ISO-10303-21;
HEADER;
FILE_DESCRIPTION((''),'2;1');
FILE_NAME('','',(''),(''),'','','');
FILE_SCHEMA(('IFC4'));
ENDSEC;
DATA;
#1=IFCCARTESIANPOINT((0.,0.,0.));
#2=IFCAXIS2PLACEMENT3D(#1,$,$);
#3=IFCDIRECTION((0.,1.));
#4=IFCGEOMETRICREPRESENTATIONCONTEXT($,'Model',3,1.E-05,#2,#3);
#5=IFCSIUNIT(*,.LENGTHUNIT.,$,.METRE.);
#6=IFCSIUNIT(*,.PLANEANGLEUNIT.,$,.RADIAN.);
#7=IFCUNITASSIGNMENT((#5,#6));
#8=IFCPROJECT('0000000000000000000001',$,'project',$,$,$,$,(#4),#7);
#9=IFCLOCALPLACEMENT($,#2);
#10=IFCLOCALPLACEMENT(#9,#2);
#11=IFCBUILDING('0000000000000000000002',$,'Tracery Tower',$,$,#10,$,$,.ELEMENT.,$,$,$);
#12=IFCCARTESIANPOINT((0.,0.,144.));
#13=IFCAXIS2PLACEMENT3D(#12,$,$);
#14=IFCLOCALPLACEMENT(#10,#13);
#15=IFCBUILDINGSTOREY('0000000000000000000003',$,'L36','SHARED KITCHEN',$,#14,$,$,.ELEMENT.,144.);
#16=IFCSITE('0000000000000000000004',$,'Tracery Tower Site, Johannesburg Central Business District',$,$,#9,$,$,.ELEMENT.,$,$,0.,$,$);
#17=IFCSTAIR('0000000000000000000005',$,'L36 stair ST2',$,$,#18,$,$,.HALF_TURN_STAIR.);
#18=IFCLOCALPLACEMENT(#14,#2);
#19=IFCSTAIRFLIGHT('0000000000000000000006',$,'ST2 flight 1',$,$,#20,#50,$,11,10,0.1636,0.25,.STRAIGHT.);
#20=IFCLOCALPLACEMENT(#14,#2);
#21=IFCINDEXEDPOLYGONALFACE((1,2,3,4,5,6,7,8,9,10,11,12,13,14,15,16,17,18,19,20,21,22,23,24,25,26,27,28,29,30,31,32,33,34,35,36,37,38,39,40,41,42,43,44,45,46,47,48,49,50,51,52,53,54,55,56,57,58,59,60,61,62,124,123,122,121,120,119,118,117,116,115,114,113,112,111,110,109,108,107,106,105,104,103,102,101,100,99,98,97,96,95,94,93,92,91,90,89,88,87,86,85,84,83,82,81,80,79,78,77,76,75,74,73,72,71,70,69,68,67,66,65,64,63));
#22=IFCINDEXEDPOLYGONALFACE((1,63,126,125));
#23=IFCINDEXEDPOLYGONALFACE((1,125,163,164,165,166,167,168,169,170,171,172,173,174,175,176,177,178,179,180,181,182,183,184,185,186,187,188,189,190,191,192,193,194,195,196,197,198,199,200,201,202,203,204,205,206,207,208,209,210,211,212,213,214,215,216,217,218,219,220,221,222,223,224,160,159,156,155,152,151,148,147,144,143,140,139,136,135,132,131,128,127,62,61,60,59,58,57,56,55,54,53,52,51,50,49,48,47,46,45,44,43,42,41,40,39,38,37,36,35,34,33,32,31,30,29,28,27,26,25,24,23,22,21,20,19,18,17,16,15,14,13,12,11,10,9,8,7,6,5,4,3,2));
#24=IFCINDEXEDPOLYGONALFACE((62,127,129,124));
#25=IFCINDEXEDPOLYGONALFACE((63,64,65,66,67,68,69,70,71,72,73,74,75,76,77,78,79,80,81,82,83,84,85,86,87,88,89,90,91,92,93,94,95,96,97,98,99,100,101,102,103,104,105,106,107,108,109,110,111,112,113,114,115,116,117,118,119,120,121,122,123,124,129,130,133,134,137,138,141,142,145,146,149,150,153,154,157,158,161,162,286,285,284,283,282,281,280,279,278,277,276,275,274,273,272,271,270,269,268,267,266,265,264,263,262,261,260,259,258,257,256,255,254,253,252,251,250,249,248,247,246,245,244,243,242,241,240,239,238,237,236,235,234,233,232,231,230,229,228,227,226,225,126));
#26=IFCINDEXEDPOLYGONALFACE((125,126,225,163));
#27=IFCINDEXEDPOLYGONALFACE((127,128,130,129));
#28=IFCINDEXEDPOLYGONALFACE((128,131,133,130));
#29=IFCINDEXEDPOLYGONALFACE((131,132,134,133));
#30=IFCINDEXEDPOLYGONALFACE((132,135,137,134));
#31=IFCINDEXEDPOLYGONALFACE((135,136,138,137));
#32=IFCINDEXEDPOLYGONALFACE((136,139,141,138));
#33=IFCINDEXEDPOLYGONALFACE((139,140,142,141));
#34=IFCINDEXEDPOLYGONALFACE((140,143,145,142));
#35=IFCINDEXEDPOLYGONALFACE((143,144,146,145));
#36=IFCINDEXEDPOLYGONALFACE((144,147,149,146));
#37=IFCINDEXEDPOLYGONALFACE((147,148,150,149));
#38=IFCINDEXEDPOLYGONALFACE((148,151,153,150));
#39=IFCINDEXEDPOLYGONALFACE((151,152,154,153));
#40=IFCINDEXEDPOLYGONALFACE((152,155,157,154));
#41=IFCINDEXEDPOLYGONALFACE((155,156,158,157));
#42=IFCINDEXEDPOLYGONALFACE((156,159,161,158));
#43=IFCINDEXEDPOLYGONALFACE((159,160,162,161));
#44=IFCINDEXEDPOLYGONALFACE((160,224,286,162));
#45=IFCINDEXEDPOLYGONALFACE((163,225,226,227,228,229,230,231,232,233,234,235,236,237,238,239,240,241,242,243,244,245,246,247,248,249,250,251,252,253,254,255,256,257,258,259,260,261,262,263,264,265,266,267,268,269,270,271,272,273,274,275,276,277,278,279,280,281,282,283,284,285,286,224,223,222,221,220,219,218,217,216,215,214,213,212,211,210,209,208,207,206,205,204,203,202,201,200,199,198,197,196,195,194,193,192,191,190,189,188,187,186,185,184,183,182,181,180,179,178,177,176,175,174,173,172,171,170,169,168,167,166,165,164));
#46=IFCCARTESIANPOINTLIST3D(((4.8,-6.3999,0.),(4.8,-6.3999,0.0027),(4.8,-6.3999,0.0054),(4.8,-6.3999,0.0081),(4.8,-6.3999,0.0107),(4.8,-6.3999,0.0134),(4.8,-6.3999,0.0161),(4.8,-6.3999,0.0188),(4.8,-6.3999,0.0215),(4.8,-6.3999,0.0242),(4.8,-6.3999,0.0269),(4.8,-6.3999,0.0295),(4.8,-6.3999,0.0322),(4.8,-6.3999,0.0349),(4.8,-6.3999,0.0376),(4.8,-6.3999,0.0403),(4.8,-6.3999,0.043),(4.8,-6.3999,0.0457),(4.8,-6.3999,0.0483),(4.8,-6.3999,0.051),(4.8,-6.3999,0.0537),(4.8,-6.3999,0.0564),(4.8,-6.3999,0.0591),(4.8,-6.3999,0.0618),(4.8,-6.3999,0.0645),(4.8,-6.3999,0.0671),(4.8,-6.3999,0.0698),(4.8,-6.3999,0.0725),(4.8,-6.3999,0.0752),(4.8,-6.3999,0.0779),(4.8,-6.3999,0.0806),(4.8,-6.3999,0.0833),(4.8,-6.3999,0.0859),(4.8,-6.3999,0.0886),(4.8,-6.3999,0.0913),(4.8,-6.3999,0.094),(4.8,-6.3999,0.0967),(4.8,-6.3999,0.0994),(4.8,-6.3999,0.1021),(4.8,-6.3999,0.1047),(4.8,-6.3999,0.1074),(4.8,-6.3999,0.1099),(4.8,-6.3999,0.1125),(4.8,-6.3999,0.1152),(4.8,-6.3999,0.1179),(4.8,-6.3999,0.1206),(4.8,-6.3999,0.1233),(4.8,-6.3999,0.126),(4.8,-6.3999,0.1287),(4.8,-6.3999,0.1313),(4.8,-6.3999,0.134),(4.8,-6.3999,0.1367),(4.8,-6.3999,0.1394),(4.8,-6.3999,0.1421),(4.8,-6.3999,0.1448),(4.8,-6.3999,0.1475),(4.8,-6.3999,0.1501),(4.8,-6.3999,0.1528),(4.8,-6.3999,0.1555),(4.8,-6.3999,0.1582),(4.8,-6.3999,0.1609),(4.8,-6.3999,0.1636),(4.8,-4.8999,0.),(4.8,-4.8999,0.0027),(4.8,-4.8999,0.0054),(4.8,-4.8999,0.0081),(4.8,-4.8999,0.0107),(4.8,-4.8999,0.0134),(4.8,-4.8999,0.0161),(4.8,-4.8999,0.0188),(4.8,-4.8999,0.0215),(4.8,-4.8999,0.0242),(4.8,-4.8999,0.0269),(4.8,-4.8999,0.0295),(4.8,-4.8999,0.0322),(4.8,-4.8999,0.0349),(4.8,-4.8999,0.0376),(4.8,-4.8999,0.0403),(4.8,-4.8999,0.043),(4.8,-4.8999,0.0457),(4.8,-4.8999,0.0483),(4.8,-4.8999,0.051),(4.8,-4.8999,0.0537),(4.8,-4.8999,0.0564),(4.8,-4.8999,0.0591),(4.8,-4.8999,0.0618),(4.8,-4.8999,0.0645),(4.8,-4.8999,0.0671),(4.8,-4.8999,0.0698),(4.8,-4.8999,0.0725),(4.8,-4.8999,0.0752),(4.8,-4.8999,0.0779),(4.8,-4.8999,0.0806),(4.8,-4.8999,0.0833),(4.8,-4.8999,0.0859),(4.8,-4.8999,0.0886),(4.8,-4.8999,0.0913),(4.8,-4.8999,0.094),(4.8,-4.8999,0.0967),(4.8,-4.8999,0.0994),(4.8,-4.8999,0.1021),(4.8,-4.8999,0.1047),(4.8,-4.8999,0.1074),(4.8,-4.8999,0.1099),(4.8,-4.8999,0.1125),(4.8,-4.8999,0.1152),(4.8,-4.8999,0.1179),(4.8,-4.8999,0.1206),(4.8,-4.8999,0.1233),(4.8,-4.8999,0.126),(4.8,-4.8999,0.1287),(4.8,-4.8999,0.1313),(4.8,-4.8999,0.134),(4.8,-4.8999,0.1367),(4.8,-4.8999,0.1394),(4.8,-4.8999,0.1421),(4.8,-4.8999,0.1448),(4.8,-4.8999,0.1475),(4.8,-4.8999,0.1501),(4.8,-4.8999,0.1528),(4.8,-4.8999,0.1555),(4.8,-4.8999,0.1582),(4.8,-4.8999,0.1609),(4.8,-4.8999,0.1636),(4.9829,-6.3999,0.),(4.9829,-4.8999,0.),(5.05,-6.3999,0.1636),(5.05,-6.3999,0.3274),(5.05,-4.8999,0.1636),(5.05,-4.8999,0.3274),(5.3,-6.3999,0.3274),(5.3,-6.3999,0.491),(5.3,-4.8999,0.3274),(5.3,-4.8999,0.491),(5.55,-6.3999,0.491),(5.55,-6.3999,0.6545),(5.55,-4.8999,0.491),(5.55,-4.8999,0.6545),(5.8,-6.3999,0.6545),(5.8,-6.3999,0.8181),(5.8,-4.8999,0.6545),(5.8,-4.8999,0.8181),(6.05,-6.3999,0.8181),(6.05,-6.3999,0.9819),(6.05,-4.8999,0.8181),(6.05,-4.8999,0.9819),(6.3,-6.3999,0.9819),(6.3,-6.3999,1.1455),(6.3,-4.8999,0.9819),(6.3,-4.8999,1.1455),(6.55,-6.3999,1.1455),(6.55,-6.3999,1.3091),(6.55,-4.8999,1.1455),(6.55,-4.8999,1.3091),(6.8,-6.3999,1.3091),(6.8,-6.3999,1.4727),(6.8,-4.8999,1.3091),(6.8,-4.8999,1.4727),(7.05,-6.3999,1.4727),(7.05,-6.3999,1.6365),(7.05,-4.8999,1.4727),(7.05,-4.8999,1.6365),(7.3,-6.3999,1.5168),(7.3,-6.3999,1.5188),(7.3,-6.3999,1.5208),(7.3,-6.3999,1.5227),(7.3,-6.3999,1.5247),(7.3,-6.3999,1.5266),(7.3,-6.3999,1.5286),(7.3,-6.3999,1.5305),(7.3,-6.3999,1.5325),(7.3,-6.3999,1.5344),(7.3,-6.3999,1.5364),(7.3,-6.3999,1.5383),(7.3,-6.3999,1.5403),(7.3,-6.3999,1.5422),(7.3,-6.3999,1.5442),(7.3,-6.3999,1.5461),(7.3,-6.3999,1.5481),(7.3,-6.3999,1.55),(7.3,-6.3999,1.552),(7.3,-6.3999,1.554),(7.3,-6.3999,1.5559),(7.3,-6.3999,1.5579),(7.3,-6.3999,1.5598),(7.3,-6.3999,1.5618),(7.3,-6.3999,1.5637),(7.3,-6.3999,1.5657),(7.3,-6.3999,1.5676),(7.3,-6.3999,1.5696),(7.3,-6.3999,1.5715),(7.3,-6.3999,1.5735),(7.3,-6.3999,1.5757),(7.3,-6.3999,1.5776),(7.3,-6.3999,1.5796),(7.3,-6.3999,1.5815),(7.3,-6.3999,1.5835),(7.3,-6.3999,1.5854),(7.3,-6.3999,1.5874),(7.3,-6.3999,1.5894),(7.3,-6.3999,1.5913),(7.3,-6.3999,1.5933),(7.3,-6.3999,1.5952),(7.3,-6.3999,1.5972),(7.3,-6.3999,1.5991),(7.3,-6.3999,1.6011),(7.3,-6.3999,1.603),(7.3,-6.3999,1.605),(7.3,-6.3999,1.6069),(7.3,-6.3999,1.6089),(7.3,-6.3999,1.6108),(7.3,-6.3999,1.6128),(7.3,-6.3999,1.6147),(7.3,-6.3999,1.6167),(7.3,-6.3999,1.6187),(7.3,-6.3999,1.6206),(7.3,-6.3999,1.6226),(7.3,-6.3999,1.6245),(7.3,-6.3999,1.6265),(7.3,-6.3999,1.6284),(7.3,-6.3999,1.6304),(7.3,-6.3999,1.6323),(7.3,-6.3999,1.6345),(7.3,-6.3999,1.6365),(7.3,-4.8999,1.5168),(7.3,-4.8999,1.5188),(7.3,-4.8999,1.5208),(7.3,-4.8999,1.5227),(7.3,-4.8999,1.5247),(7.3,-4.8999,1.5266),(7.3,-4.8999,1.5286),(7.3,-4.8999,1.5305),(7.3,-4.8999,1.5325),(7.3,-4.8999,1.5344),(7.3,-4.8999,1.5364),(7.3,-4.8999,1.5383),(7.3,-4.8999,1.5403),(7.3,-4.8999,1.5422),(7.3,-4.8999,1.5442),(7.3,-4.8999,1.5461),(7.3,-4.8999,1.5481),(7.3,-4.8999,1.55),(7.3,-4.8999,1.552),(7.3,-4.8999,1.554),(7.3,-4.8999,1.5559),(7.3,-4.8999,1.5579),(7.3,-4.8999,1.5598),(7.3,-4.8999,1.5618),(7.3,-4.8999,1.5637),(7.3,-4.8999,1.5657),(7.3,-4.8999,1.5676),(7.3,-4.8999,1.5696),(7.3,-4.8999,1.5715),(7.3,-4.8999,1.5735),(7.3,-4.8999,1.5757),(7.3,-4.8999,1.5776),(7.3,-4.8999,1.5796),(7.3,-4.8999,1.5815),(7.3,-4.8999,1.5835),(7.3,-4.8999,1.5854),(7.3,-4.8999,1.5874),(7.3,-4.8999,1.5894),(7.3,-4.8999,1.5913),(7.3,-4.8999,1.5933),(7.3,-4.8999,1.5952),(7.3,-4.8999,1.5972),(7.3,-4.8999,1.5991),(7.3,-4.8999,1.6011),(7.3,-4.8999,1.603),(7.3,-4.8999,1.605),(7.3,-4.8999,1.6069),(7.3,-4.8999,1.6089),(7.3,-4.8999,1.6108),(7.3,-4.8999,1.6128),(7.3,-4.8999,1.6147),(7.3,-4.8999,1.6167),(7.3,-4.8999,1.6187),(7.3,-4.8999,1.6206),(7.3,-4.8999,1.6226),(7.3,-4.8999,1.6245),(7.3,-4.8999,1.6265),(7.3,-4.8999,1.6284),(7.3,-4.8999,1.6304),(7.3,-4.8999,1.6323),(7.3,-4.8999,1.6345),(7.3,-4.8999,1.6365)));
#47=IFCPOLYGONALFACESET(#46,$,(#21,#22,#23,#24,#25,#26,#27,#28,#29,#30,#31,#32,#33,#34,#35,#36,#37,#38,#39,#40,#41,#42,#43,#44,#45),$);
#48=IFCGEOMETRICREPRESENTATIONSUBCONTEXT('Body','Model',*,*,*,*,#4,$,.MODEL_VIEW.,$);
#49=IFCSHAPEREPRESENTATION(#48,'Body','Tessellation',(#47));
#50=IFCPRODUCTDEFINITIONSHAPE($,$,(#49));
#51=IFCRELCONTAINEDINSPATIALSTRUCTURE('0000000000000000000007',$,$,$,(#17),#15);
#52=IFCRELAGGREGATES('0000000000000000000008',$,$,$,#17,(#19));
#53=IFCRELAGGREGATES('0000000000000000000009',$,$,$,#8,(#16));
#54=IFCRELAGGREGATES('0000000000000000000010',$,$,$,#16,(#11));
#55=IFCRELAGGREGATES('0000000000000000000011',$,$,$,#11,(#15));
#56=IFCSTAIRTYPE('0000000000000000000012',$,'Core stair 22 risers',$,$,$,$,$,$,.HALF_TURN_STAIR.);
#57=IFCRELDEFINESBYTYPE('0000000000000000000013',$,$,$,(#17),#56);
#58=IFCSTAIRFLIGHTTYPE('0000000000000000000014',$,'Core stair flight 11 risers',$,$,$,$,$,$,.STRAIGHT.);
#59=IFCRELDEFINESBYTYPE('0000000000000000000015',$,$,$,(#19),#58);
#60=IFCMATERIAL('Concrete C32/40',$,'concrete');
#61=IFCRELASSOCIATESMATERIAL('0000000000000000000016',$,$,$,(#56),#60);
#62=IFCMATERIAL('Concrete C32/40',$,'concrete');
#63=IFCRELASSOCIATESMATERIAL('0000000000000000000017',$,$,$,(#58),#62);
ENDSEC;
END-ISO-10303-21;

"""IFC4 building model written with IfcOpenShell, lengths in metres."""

from ifc_helpers import new_model, si_unit, direction, frame, origin, place, context, subcontext, project, spatial, polyline, outline, extrude, material, type_object, element, aggregate, save


model = new_model("IFC4")

# Units and contexts
model_context = context("Model", 3, precision=1e-05, world=origin(), true_north=direction((0.0, 1.0)))
body_context = subcontext(model_context, "Body", "Model", "MODEL_VIEW")
ifc_project = project(units=[si_unit("LENGTHUNIT", "METRE"), si_unit("PLANEANGLEUNIT", "RADIAN")], contexts=[model_context])

# Site, building, storey
site_placement = place(None, origin())
site = spatial("IfcSite", under=ifc_project, at=site_placement, Name="Tracery Tower Site, Johannesburg Central Business District", CompositionType="ELEMENT", RefElevation=0.0)
building_placement = place(site_placement, origin())
building = spatial("IfcBuilding", under=site, at=building_placement, Name="Tracery Tower", CompositionType="ELEMENT")
storey_placement = place(building_placement, frame((0.0, 0.0, 144.0)))
storey = spatial("IfcBuildingStorey", under=building, at=storey_placement, Name="L36", Description="SHARED KITCHEN", CompositionType="ELEMENT", Elevation=144.0)

# Stair, stair flight
ifc_material_1 = material(Name="Concrete C32/40", Category="concrete")
stair_type = type_object("IfcStairType", Name="Core stair 22 risers", PredefinedType="HALF_TURN_STAIR", material=ifc_material_1)
stair_placement = place(storey_placement, origin())
stair = element("IfcStair", 1, at=stair_placement, inside=storey, type_object=stair_type, Name="L36 stair ST2", PredefinedType="HALF_TURN_STAIR")
ifc_material_2 = material(Name="Concrete C32/40", Category="concrete")
stair_flight_type = type_object("IfcStairFlightType", Name="Core stair flight 11 risers", PredefinedType="STRAIGHT", material=ifc_material_2)
stair_flight_1_placement = place(storey_placement, frame((4.8, -5.6499, 0.0), z_axis=(0.0, 0.0, 1.0), x_axis=(1.0, 0.0, 0.0)))
stair_flight_1 = element("IfcStairFlight", 2, at=stair_flight_1_placement, type_object=stair_flight_type, Name="ST2 flight 1", NumberOfRisers=11, NumberOfTreads=10, PredefinedType="STRAIGHT", RiserHeight=0.1636, TreadLength=0.25, context=body_context, shape_type="SweptSolid", body=[
    extrude(outline(polyline([(0.0, 0.0), (0.0, 0.0027), (0.0, 0.0054), (0.0, 0.0081), (0.0, 0.0107), (0.0, 0.0134), (0.0, 0.0161), (0.0, 0.0188), (0.0, 0.0215), (0.0, 0.0242), (0.0, 0.0269), (0.0, 0.0295), (0.0, 0.0322), (0.0, 0.0349), (0.0, 0.0376), (0.0, 0.0403), (0.0, 0.043), (0.0, 0.0457), (0.0, 0.0483), (0.0, 0.051), (0.0, 0.0537), (0.0, 0.0564), (0.0, 0.0591), (0.0, 0.0618), (0.0, 0.0645), (0.0, 0.0671), (0.0, 0.0698), (0.0, 0.0725), (0.0, 0.0752), (0.0, 0.0779), (0.0, 0.0806), (0.0, 0.0833), (0.0, 0.0859), (0.0, 0.0886), (0.0, 0.0913), (0.0, 0.094), (0.0, 0.0967), (0.0, 0.0994), (0.0, 0.1021), (0.0, 0.1047), (0.0, 0.1074), (0.0, 0.1099), (0.0, 0.1125), (0.0, 0.1152), (0.0, 0.1179), (0.0, 0.1206), (0.0, 0.1233), (0.0, 0.126), (0.0, 0.1287), (0.0, 0.1313), (0.0, 0.134), (0.0, 0.1367), (0.0, 0.1394), (0.0, 0.1421), (0.0, 0.1448), (0.0, 0.1475), (0.0, 0.1501), (0.0, 0.1528), (0.0, 0.1555), (0.0, 0.1582), (0.0, 0.1609), (0.0, 0.1636), (0.25, 0.1636), (0.25, 0.3274), (0.5, 0.3274), (0.5, 0.491), (0.75, 0.491), (0.75, 0.6545), (1.0, 0.6545), (1.0, 0.8181), (1.25, 0.8181), (1.25, 0.9819), (1.5, 0.9819), (1.5, 1.1455), (1.75, 1.1455), (1.75, 1.3091), (2.0, 1.3091), (2.0, 1.4727), (2.25, 1.4727), (2.25, 1.6365), (2.5, 1.6365), (2.5, 1.6345), (2.5, 1.6323), (2.5, 1.6304), (2.5, 1.6284), (2.5, 1.6265), (2.5, 1.6245), (2.5, 1.6226), (2.5, 1.6206), (2.5, 1.6187), (2.5, 1.6167), (2.5, 1.6147), (2.5, 1.6128), (2.5, 1.6108), (2.5, 1.6089), (2.5, 1.6069), (2.5, 1.605), (2.5, 1.603), (2.5, 1.6011), (2.5, 1.5991), (2.5, 1.5972), (2.5, 1.5952), (2.5, 1.5933), (2.5, 1.5913), (2.5, 1.5894), (2.5, 1.5874), (2.5, 1.5854), (2.5, 1.5835), (2.5, 1.5815), (2.5, 1.5796), (2.5, 1.5776), (2.5, 1.5757), (2.5, 1.5735), (2.5, 1.5715), (2.5, 1.5696), (2.5, 1.5676), (2.5, 1.5657), (2.5, 1.5637), (2.5, 1.5618), (2.5, 1.5598), (2.5, 1.5579), (2.5, 1.5559), (2.5, 1.554), (2.5, 1.552), (2.5, 1.55), (2.5, 1.5481), (2.5, 1.5461), (2.5, 1.5442), (2.5, 1.5422), (2.5, 1.5403), (2.5, 1.5383), (2.5, 1.5364), (2.5, 1.5344), (2.5, 1.5325), (2.5, 1.5305), (2.5, 1.5286), (2.5, 1.5266), (2.5, 1.5247), (2.5, 1.5227), (2.5, 1.5208), (2.5, 1.5188), (2.5, 1.5168), (0.1829, 0.0), (0.0, 0.0)])), frame((0.0, 0.75, 0.0), z_axis=(0.0, -1.0, 0.0), x_axis=(1.0, 0.0, 0.0)), (0.0, 0.0, 1.0), 1.5),
])
aggregate(stair, [stair_flight_1])

save(model, "model.ifc")
